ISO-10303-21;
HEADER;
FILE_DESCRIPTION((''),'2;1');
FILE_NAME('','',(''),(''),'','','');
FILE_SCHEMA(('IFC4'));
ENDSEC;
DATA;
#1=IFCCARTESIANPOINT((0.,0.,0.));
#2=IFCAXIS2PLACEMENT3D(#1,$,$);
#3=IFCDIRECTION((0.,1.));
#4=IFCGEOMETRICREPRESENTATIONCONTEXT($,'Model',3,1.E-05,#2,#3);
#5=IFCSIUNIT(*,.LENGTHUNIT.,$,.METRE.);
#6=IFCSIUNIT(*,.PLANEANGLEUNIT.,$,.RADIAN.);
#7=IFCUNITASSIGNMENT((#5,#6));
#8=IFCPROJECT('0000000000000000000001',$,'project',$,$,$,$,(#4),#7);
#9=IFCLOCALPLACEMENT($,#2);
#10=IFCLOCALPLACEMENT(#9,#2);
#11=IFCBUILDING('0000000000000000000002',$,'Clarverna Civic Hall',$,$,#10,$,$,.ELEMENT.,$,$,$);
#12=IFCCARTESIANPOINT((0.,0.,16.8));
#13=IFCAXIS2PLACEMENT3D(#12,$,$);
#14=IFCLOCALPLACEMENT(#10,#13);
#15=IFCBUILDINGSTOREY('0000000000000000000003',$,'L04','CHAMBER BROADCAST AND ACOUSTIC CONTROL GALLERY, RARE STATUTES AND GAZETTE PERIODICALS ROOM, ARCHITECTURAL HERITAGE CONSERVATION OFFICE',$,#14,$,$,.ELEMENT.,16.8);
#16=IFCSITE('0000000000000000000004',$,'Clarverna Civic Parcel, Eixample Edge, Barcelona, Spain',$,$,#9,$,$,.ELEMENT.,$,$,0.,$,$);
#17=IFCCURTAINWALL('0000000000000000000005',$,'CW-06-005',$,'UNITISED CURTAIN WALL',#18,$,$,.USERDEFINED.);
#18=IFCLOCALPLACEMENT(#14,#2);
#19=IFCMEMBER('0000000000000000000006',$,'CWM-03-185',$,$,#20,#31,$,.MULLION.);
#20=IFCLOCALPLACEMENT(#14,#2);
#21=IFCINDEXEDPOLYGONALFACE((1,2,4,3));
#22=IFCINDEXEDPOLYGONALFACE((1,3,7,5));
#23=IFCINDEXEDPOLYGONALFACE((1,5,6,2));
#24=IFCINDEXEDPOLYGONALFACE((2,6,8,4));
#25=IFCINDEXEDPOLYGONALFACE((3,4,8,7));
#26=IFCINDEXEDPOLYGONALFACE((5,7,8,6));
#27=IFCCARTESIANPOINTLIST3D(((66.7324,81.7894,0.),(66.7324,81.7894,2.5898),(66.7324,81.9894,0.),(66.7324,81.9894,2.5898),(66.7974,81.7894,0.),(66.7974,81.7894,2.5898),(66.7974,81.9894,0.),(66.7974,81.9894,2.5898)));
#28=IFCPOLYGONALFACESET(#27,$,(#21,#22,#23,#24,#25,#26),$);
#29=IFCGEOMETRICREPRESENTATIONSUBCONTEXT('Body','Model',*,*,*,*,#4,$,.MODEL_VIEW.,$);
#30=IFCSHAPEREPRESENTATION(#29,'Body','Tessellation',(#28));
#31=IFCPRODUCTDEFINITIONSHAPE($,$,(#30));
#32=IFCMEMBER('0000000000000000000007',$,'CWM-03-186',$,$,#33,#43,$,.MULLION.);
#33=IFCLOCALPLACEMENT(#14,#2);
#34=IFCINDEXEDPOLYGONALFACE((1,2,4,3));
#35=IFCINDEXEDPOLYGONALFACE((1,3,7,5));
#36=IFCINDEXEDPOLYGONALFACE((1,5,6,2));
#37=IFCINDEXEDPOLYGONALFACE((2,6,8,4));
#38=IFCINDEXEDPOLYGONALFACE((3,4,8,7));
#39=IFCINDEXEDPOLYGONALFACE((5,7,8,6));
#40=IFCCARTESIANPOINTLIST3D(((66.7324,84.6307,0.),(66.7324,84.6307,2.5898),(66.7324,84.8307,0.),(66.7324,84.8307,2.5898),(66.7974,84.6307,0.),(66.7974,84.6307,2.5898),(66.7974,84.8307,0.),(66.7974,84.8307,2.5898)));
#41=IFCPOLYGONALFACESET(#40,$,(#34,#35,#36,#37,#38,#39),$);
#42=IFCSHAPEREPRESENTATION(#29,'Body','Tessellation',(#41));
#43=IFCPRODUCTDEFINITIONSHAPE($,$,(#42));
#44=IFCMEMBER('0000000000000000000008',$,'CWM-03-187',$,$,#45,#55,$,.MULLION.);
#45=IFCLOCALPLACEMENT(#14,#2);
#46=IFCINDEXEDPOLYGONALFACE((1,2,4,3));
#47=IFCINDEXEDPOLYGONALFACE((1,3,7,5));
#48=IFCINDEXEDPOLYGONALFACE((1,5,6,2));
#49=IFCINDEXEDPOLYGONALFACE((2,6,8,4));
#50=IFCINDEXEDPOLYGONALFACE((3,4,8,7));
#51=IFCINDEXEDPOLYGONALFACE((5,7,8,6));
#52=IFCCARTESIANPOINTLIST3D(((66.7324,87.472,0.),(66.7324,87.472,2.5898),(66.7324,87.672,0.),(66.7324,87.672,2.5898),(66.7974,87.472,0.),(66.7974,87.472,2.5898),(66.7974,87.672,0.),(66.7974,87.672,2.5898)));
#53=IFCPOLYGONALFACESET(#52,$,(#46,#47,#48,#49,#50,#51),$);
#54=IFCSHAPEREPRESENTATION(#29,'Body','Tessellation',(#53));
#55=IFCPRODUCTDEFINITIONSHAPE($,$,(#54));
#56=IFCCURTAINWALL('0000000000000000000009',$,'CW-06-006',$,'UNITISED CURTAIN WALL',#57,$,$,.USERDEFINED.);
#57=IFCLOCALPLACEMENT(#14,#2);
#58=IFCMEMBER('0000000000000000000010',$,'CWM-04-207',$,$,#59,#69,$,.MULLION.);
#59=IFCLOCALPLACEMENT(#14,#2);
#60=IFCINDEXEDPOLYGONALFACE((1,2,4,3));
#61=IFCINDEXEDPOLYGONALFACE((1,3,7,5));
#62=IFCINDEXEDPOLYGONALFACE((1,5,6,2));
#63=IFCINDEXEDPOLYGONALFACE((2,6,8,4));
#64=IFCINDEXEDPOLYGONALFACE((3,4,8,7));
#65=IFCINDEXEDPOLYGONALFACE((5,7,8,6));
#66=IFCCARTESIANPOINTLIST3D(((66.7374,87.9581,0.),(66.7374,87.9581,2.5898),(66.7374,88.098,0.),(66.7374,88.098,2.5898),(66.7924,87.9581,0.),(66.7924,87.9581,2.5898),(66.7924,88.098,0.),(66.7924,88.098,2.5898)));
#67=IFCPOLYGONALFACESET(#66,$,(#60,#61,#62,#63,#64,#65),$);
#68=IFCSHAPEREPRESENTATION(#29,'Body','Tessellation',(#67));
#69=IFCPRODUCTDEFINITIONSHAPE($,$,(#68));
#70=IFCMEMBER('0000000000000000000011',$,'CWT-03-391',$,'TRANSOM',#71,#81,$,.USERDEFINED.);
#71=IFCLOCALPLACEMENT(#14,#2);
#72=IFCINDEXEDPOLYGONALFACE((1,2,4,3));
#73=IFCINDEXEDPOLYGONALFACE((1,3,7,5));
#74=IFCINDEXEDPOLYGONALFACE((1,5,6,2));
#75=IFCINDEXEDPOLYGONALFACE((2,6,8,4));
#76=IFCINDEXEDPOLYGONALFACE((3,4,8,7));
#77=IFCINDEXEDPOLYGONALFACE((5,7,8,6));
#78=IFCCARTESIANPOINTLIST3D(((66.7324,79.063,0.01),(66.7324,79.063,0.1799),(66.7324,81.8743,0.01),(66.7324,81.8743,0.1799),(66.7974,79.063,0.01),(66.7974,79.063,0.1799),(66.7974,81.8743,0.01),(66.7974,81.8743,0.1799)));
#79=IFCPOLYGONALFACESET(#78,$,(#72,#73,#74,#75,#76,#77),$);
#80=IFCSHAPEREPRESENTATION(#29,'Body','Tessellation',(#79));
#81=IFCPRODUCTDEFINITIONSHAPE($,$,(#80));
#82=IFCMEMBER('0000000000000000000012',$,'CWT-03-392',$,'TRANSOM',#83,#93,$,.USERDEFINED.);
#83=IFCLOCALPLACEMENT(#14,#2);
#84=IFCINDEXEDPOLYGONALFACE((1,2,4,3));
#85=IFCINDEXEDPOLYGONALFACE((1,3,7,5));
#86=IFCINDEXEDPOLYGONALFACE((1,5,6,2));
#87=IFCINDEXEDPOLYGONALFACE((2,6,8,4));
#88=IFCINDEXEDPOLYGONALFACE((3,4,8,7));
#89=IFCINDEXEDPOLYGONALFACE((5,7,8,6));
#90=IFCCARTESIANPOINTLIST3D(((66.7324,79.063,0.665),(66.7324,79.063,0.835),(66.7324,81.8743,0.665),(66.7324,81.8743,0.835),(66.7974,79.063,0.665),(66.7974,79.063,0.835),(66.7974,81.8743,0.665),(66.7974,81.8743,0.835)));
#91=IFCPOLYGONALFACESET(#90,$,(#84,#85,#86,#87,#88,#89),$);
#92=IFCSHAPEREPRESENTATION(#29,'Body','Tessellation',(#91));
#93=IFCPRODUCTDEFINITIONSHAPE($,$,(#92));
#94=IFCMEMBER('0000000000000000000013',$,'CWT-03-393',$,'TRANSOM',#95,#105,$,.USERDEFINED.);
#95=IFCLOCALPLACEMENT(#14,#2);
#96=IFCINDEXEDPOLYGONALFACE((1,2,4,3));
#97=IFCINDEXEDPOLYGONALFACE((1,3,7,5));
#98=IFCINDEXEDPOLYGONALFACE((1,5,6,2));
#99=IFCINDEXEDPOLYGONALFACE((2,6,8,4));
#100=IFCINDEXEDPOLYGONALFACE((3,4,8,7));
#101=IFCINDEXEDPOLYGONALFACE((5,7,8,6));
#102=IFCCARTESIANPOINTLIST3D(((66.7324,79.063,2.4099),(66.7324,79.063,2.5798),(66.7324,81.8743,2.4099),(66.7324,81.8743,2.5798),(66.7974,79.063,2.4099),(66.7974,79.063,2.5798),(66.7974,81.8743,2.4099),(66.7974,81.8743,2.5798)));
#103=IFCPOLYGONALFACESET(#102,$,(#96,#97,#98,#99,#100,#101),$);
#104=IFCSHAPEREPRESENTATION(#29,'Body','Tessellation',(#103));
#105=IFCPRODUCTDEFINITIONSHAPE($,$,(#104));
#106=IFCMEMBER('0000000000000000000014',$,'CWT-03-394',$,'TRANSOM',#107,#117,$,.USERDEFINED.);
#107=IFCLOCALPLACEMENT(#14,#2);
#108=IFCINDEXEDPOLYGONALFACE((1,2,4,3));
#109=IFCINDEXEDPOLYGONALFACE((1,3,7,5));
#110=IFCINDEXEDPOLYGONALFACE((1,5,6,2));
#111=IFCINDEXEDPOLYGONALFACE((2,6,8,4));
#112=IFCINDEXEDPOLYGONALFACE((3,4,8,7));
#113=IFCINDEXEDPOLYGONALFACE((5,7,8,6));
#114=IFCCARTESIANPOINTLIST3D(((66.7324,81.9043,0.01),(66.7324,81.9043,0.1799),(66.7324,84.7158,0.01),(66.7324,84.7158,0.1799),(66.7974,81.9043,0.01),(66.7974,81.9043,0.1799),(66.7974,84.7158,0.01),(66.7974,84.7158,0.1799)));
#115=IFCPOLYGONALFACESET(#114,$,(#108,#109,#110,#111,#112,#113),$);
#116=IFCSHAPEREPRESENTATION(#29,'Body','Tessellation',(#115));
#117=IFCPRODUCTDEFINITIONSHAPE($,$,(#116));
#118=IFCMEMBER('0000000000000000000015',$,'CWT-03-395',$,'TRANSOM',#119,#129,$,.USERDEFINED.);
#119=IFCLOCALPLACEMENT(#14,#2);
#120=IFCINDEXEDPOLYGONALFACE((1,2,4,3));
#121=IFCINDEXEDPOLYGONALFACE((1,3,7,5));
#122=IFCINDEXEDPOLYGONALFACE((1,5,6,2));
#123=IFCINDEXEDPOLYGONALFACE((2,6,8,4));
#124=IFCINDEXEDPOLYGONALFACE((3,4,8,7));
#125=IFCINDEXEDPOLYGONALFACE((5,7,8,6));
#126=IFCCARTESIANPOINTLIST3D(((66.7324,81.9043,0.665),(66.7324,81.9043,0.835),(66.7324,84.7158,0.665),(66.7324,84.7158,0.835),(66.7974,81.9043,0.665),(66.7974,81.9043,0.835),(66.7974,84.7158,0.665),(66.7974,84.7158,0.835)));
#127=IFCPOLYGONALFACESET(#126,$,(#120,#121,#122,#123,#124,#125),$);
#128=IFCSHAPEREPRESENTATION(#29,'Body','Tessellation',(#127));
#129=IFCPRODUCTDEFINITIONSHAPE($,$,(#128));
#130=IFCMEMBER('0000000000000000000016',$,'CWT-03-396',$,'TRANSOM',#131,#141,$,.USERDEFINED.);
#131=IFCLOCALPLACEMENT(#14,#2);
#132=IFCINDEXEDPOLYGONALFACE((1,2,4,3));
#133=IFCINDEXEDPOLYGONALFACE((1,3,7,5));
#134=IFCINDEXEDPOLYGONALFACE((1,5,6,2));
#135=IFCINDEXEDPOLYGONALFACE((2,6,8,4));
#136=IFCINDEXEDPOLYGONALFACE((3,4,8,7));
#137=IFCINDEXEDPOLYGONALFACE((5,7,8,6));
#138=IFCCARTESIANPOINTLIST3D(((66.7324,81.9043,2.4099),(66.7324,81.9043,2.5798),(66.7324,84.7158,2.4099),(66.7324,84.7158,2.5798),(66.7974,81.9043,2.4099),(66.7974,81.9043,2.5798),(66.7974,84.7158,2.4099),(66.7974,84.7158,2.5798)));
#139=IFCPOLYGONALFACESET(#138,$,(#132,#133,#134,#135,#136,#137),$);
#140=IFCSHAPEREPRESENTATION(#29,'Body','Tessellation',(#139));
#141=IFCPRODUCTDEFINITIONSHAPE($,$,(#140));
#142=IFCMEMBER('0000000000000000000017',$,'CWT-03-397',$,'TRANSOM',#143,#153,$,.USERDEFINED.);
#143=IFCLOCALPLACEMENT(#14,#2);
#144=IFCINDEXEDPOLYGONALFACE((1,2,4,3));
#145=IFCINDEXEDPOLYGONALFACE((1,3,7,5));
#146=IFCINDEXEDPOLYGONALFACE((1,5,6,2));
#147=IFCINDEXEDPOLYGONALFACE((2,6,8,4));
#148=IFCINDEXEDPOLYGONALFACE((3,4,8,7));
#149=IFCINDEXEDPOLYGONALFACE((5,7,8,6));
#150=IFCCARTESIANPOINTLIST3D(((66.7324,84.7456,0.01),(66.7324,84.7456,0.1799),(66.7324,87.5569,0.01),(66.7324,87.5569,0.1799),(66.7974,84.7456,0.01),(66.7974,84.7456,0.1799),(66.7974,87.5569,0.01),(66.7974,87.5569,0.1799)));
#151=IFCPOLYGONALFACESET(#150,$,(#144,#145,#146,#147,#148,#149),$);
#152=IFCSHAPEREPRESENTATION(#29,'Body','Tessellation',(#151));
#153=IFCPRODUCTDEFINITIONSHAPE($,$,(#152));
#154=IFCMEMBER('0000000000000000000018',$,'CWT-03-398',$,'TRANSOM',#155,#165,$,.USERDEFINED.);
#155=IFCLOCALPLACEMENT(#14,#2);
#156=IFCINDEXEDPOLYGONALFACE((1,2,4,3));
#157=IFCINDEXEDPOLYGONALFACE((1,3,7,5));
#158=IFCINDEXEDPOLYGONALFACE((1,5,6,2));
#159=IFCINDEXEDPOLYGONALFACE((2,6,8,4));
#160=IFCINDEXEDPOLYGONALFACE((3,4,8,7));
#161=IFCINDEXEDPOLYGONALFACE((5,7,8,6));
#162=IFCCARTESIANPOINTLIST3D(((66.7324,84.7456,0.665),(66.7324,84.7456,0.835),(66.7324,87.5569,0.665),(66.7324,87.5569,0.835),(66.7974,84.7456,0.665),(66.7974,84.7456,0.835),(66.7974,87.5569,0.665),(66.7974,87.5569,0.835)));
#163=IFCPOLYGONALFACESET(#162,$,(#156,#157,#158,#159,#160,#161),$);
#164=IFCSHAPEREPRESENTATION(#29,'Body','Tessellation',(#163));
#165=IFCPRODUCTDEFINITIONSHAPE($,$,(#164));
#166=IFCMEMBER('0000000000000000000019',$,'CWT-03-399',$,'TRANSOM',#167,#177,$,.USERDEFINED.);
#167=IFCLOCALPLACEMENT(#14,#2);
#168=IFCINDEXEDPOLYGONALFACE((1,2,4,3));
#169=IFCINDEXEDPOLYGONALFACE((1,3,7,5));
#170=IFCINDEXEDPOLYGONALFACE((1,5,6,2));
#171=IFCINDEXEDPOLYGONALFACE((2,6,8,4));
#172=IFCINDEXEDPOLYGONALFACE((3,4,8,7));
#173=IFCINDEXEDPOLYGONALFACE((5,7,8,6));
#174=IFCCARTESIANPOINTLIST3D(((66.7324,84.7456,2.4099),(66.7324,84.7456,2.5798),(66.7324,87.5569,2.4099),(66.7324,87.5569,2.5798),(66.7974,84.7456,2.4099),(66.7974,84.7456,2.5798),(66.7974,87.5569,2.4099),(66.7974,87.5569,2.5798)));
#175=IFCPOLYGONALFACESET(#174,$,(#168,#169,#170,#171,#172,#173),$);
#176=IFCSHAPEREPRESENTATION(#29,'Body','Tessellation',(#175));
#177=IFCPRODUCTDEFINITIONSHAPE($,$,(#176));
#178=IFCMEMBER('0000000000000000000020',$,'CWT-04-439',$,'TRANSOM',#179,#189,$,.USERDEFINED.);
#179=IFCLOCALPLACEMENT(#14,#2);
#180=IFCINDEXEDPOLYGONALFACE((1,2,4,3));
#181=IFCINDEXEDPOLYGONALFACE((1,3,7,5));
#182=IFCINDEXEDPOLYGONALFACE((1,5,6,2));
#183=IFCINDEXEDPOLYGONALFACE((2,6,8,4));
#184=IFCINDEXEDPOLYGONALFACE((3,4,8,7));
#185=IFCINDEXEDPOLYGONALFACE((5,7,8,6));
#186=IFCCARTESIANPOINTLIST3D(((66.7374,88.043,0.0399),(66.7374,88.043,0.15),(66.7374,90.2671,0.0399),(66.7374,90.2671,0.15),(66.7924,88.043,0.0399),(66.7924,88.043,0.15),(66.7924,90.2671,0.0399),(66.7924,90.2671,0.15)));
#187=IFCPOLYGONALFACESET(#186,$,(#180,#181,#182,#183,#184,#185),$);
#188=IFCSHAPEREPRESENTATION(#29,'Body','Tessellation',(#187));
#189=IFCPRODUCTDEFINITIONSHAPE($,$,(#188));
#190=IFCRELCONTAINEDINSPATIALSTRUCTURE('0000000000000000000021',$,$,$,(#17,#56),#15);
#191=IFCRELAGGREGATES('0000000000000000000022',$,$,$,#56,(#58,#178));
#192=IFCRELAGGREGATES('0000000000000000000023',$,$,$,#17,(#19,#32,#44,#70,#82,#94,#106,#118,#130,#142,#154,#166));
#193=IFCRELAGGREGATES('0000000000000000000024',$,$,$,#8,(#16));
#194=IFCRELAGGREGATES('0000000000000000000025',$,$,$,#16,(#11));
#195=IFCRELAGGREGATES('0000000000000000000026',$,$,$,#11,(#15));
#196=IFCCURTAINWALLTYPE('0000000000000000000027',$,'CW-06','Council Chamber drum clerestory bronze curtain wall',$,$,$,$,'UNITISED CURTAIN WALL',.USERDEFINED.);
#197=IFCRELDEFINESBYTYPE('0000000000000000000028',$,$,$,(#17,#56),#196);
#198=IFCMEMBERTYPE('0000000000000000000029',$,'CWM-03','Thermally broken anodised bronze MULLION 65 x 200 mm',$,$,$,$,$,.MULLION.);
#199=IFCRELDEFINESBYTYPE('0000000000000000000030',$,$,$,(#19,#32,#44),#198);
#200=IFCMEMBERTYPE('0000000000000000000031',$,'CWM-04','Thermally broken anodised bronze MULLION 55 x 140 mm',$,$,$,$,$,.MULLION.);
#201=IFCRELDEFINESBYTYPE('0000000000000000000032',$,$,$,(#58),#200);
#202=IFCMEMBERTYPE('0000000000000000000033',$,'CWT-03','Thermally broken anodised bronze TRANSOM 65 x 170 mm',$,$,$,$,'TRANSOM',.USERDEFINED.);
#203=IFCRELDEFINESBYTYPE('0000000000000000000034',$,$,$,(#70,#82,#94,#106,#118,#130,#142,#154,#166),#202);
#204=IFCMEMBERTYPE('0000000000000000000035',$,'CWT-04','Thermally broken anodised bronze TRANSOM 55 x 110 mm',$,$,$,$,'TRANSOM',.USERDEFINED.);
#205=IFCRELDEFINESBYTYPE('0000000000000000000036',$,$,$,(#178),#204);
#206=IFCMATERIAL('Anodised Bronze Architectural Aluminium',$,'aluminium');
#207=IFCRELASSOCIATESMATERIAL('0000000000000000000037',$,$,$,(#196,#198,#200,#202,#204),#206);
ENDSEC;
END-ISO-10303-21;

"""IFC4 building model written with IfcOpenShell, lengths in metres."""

from ifc_helpers import new_model, si_unit, direction, frame, origin, origin_2d, place, context, subcontext, project, spatial, rectangle, extrude, material, material_profile, profile_set, type_object, element, aggregate, save


model = new_model("IFC4")

# Units and contexts
model_context = context("Model", 3, precision=1e-05, world=origin(), true_north=direction((0.0, 1.0)))
body_context = subcontext(model_context, "Body", "Model", "MODEL_VIEW")
ifc_project = project(units=[si_unit("LENGTHUNIT", "METRE"), si_unit("PLANEANGLEUNIT", "RADIAN")], contexts=[model_context])

# Site, building, storey
site_placement = place(None, origin())
site = spatial("IfcSite", under=ifc_project, at=site_placement, Name="Clarverna Civic Parcel, Eixample Edge, Barcelona, Spain", CompositionType="ELEMENT", RefElevation=0.0)
building_placement = place(site_placement, origin())
building = spatial("IfcBuilding", under=site, at=building_placement, Name="Clarverna Civic Hall", CompositionType="ELEMENT")
storey_placement = place(building_placement, frame((0.0, 0.0, 16.8)))
storey = spatial("IfcBuildingStorey", under=building, at=storey_placement, Name="L04", Description="CHAMBER BROADCAST AND ACOUSTIC CONTROL GALLERY, RARE STATUTES AND GAZETTE PERIODICALS ROOM, ARCHITECTURAL HERITAGE CONSERVATION OFFICE", CompositionType="ELEMENT", Elevation=16.8)

# Curtain wall, members
ifc_material_1 = material(Name="Anodised Bronze Architectural Aluminium", Category="aluminium")
curtain_wall_type = type_object("IfcCurtainWallType", Name="CW-06", Description="Council Chamber drum clerestory bronze curtain wall", ElementType="UNITISED CURTAIN WALL", PredefinedType="USERDEFINED", material=ifc_material_1)
curtain_wall_1_placement = place(storey_placement, origin())
curtain_wall_1 = element("IfcCurtainWall", 1, at=curtain_wall_1_placement, inside=storey, type_object=curtain_wall_type, Name="CW-06-005", ObjectType="UNITISED CURTAIN WALL", PredefinedType="USERDEFINED")
ifc_material_profile_1 = material_profile(ifc_material_1, rectangle(XDim=0.0649, YDim=0.2, at=origin_2d()), Name="BRONZE 65x200")
ifc_profile_set_1 = profile_set([ifc_material_profile_1], Name="Anodised Bronze Architectural Aluminium")
member_type_1 = type_object("IfcMemberType", Name="CWM-03", Description="Thermally broken anodised bronze MULLION 65 x 200 mm", PredefinedType="MULLION", material=ifc_profile_set_1)
member_1_placement = place(storey_placement, frame((66.7649, 81.8894, 0.0), z_axis=(0.0, 0.0, 1.0), x_axis=(1.0, 0.0, 0.0)))
member_1 = element("IfcMember", 2, at=member_1_placement, type_object=member_type_1, Name="CWM-03-185", PredefinedType="MULLION", context=body_context, shape_type="SweptSolid", body=[
    extrude(rectangle(XDim=0.0649, YDim=0.2, at=origin_2d()), origin(), (0.0, 0.0, 1.0), 2.5898),
])
member_2_placement = place(storey_placement, frame((66.7649, 84.7307, 0.0), z_axis=(0.0, 0.0, 1.0), x_axis=(1.0, 0.0, 0.0)))
member_2 = element("IfcMember", 3, at=member_2_placement, type_object=member_type_1, Name="CWM-03-186", PredefinedType="MULLION", context=body_context, shape_type="SweptSolid", body=[
    extrude(rectangle(XDim=0.0649, YDim=0.2, at=origin_2d()), origin(), (0.0, 0.0, 1.0), 2.5898),
])
member_3_placement = place(storey_placement, frame((66.7649, 87.572, 0.0), z_axis=(0.0, 0.0, 1.0), x_axis=(1.0, 0.0, 0.0)))
member_3 = element("IfcMember", 4, at=member_3_placement, type_object=member_type_1, Name="CWM-03-187", PredefinedType="MULLION", context=body_context, shape_type="SweptSolid", body=[
    extrude(rectangle(XDim=0.0649, YDim=0.2, at=origin_2d()), origin(), (0.0, 0.0, 1.0), 2.5898),
])

# Curtain wall, member
curtain_wall_2_placement = place(storey_placement, origin())
curtain_wall_2 = element("IfcCurtainWall", 5, at=curtain_wall_2_placement, inside=storey, type_object=curtain_wall_type, Name="CW-06-006", ObjectType="UNITISED CURTAIN WALL", PredefinedType="USERDEFINED")
ifc_material_profile_2 = material_profile(ifc_material_1, rectangle(XDim=0.0549, YDim=0.1399, at=origin_2d()), Name="BRONZE 55x140")
ifc_profile_set_2 = profile_set([ifc_material_profile_2], Name="Anodised Bronze Architectural Aluminium")
member_type_2 = type_object("IfcMemberType", Name="CWM-04", Description="Thermally broken anodised bronze MULLION 55 x 140 mm", PredefinedType="MULLION", material=ifc_profile_set_2)
member_4_placement = place(storey_placement, frame((66.7649, 88.0281, 0.0), z_axis=(0.0, 0.0, 1.0), x_axis=(1.0, 0.0, 0.0)))
member_4 = element("IfcMember", 6, at=member_4_placement, type_object=member_type_2, Name="CWM-04-207", PredefinedType="MULLION", context=body_context, shape_type="SweptSolid", body=[
    extrude(rectangle(XDim=0.0549, YDim=0.1399, at=origin_2d()), origin(), (0.0, 0.0, 1.0), 2.5898),
])

# Members
ifc_material_profile_3 = material_profile(ifc_material_1, rectangle(XDim=0.0649, YDim=0.1699, at=origin_2d()), Name="BRONZE 65x170")
ifc_profile_set_3 = profile_set([ifc_material_profile_3], Name="Anodised Bronze Architectural Aluminium")
member_type_3 = type_object("IfcMemberType", Name="CWT-03", Description="Thermally broken anodised bronze TRANSOM 65 x 170 mm", ElementType="TRANSOM", PredefinedType="USERDEFINED", material=ifc_profile_set_3)
member_5_placement = place(storey_placement, frame((66.7649, 79.063, 0.095), z_axis=(0.0, 1.0, 0.0), x_axis=(-1.0, 0.0, 0.0)))
member_5 = element("IfcMember", 7, at=member_5_placement, type_object=member_type_3, Name="CWT-03-391", ObjectType="TRANSOM", PredefinedType="USERDEFINED", context=body_context, shape_type="SweptSolid", body=[
    extrude(rectangle(XDim=0.0649, YDim=0.1699, at=origin_2d()), origin(), (0.0, 0.0, 1.0), 2.8113),
])
member_6_placement = place(storey_placement, frame((66.7649, 79.063, 0.75), z_axis=(0.0, 1.0, 0.0), x_axis=(-1.0, 0.0, 0.0)))
member_6 = element("IfcMember", 8, at=member_6_placement, type_object=member_type_3, Name="CWT-03-392", ObjectType="TRANSOM", PredefinedType="USERDEFINED", context=body_context, shape_type="SweptSolid", body=[
    extrude(rectangle(XDim=0.0649, YDim=0.1699, at=origin_2d()), origin(), (0.0, 0.0, 1.0), 2.8113),
])
member_7_placement = place(storey_placement, frame((66.7649, 79.063, 2.4949), z_axis=(0.0, 1.0, 0.0), x_axis=(-1.0, 0.0, 0.0)))
member_7 = element("IfcMember", 9, at=member_7_placement, type_object=member_type_3, Name="CWT-03-393", ObjectType="TRANSOM", PredefinedType="USERDEFINED", context=body_context, shape_type="SweptSolid", body=[
    extrude(rectangle(XDim=0.0649, YDim=0.1699, at=origin_2d()), origin(), (0.0, 0.0, 1.0), 2.8113),
])
member_8_placement = place(storey_placement, frame((66.7649, 81.9043, 0.095), z_axis=(0.0, 1.0, 0.0), x_axis=(-1.0, 0.0, 0.0)))
member_8 = element("IfcMember", 10, at=member_8_placement, type_object=member_type_3, Name="CWT-03-394", ObjectType="TRANSOM", PredefinedType="USERDEFINED", context=body_context, shape_type="SweptSolid", body=[
    extrude(rectangle(XDim=0.0649, YDim=0.1699, at=origin_2d()), origin(), (0.0, 0.0, 1.0), 2.8115),
])
member_9_placement = place(storey_placement, frame((66.7649, 81.9043, 0.75), z_axis=(0.0, 1.0, 0.0), x_axis=(-1.0, 0.0, 0.0)))
member_9 = element("IfcMember", 11, at=member_9_placement, type_object=member_type_3, Name="CWT-03-395", ObjectType="TRANSOM", PredefinedType="USERDEFINED", context=body_context, shape_type="SweptSolid", body=[
    extrude(rectangle(XDim=0.0649, YDim=0.1699, at=origin_2d()), origin(), (0.0, 0.0, 1.0), 2.8115),
])
member_10_placement = place(storey_placement, frame((66.7649, 81.9043, 2.4949), z_axis=(0.0, 1.0, 0.0), x_axis=(-1.0, 0.0, 0.0)))
member_10 = element("IfcMember", 12, at=member_10_placement, type_object=member_type_3, Name="CWT-03-396", ObjectType="TRANSOM", PredefinedType="USERDEFINED", context=body_context, shape_type="SweptSolid", body=[
    extrude(rectangle(XDim=0.0649, YDim=0.1699, at=origin_2d()), origin(), (0.0, 0.0, 1.0), 2.8115),
])
member_11_placement = place(storey_placement, frame((66.7649, 84.7456, 0.095), z_axis=(0.0, 1.0, 0.0), x_axis=(-1.0, 0.0, 0.0)))
member_11 = element("IfcMember", 13, at=member_11_placement, type_object=member_type_3, Name="CWT-03-397", ObjectType="TRANSOM", PredefinedType="USERDEFINED", context=body_context, shape_type="SweptSolid", body=[
    extrude(rectangle(XDim=0.0649, YDim=0.1699, at=origin_2d()), origin(), (0.0, 0.0, 1.0), 2.8113),
])
member_12_placement = place(storey_placement, frame((66.7649, 84.7456, 0.75), z_axis=(0.0, 1.0, 0.0), x_axis=(-1.0, 0.0, 0.0)))
member_12 = element("IfcMember", 14, at=member_12_placement, type_object=member_type_3, Name="CWT-03-398", ObjectType="TRANSOM", PredefinedType="USERDEFINED", context=body_context, shape_type="SweptSolid", body=[
    extrude(rectangle(XDim=0.0649, YDim=0.1699, at=origin_2d()), origin(), (0.0, 0.0, 1.0), 2.8113),
])
member_13_placement = place(storey_placement, frame((66.7649, 84.7456, 2.4949), z_axis=(0.0, 1.0, 0.0), x_axis=(-1.0, 0.0, 0.0)))
member_13 = element("IfcMember", 15, at=member_13_placement, type_object=member_type_3, Name="CWT-03-399", ObjectType="TRANSOM", PredefinedType="USERDEFINED", context=body_context, shape_type="SweptSolid", body=[
    extrude(rectangle(XDim=0.0649, YDim=0.1699, at=origin_2d()), origin(), (0.0, 0.0, 1.0), 2.8113),
])
ifc_material_profile_4 = material_profile(ifc_material_1, rectangle(XDim=0.0549, YDim=0.1101, at=origin_2d()), Name="BRONZE 55x110")
ifc_profile_set_4 = profile_set([ifc_material_profile_4], Name="Anodised Bronze Architectural Aluminium")
member_type_4 = type_object("IfcMemberType", Name="CWT-04", Description="Thermally broken anodised bronze TRANSOM 55 x 110 mm", ElementType="TRANSOM", PredefinedType="USERDEFINED", material=ifc_profile_set_4)
member_14_placement = place(storey_placement, frame((66.7649, 88.043, 0.095), z_axis=(0.0, 1.0, 0.0), x_axis=(-1.0, 0.0, 0.0)))
member_14 = element("IfcMember", 16, at=member_14_placement, type_object=member_type_4, Name="CWT-04-439", ObjectType="TRANSOM", PredefinedType="USERDEFINED", context=body_context, shape_type="SweptSolid", body=[
    extrude(rectangle(XDim=0.0549, YDim=0.1101, at=origin_2d()), origin(), (0.0, 0.0, 1.0), 2.2241),
])
aggregate(curtain_wall_2, [member_4, member_14])

aggregate(curtain_wall_1, [member_1, member_2, member_3, member_5, member_6, member_7, member_8, member_9, member_10, member_11, member_12, member_13])

save(model, "model.ifc")
